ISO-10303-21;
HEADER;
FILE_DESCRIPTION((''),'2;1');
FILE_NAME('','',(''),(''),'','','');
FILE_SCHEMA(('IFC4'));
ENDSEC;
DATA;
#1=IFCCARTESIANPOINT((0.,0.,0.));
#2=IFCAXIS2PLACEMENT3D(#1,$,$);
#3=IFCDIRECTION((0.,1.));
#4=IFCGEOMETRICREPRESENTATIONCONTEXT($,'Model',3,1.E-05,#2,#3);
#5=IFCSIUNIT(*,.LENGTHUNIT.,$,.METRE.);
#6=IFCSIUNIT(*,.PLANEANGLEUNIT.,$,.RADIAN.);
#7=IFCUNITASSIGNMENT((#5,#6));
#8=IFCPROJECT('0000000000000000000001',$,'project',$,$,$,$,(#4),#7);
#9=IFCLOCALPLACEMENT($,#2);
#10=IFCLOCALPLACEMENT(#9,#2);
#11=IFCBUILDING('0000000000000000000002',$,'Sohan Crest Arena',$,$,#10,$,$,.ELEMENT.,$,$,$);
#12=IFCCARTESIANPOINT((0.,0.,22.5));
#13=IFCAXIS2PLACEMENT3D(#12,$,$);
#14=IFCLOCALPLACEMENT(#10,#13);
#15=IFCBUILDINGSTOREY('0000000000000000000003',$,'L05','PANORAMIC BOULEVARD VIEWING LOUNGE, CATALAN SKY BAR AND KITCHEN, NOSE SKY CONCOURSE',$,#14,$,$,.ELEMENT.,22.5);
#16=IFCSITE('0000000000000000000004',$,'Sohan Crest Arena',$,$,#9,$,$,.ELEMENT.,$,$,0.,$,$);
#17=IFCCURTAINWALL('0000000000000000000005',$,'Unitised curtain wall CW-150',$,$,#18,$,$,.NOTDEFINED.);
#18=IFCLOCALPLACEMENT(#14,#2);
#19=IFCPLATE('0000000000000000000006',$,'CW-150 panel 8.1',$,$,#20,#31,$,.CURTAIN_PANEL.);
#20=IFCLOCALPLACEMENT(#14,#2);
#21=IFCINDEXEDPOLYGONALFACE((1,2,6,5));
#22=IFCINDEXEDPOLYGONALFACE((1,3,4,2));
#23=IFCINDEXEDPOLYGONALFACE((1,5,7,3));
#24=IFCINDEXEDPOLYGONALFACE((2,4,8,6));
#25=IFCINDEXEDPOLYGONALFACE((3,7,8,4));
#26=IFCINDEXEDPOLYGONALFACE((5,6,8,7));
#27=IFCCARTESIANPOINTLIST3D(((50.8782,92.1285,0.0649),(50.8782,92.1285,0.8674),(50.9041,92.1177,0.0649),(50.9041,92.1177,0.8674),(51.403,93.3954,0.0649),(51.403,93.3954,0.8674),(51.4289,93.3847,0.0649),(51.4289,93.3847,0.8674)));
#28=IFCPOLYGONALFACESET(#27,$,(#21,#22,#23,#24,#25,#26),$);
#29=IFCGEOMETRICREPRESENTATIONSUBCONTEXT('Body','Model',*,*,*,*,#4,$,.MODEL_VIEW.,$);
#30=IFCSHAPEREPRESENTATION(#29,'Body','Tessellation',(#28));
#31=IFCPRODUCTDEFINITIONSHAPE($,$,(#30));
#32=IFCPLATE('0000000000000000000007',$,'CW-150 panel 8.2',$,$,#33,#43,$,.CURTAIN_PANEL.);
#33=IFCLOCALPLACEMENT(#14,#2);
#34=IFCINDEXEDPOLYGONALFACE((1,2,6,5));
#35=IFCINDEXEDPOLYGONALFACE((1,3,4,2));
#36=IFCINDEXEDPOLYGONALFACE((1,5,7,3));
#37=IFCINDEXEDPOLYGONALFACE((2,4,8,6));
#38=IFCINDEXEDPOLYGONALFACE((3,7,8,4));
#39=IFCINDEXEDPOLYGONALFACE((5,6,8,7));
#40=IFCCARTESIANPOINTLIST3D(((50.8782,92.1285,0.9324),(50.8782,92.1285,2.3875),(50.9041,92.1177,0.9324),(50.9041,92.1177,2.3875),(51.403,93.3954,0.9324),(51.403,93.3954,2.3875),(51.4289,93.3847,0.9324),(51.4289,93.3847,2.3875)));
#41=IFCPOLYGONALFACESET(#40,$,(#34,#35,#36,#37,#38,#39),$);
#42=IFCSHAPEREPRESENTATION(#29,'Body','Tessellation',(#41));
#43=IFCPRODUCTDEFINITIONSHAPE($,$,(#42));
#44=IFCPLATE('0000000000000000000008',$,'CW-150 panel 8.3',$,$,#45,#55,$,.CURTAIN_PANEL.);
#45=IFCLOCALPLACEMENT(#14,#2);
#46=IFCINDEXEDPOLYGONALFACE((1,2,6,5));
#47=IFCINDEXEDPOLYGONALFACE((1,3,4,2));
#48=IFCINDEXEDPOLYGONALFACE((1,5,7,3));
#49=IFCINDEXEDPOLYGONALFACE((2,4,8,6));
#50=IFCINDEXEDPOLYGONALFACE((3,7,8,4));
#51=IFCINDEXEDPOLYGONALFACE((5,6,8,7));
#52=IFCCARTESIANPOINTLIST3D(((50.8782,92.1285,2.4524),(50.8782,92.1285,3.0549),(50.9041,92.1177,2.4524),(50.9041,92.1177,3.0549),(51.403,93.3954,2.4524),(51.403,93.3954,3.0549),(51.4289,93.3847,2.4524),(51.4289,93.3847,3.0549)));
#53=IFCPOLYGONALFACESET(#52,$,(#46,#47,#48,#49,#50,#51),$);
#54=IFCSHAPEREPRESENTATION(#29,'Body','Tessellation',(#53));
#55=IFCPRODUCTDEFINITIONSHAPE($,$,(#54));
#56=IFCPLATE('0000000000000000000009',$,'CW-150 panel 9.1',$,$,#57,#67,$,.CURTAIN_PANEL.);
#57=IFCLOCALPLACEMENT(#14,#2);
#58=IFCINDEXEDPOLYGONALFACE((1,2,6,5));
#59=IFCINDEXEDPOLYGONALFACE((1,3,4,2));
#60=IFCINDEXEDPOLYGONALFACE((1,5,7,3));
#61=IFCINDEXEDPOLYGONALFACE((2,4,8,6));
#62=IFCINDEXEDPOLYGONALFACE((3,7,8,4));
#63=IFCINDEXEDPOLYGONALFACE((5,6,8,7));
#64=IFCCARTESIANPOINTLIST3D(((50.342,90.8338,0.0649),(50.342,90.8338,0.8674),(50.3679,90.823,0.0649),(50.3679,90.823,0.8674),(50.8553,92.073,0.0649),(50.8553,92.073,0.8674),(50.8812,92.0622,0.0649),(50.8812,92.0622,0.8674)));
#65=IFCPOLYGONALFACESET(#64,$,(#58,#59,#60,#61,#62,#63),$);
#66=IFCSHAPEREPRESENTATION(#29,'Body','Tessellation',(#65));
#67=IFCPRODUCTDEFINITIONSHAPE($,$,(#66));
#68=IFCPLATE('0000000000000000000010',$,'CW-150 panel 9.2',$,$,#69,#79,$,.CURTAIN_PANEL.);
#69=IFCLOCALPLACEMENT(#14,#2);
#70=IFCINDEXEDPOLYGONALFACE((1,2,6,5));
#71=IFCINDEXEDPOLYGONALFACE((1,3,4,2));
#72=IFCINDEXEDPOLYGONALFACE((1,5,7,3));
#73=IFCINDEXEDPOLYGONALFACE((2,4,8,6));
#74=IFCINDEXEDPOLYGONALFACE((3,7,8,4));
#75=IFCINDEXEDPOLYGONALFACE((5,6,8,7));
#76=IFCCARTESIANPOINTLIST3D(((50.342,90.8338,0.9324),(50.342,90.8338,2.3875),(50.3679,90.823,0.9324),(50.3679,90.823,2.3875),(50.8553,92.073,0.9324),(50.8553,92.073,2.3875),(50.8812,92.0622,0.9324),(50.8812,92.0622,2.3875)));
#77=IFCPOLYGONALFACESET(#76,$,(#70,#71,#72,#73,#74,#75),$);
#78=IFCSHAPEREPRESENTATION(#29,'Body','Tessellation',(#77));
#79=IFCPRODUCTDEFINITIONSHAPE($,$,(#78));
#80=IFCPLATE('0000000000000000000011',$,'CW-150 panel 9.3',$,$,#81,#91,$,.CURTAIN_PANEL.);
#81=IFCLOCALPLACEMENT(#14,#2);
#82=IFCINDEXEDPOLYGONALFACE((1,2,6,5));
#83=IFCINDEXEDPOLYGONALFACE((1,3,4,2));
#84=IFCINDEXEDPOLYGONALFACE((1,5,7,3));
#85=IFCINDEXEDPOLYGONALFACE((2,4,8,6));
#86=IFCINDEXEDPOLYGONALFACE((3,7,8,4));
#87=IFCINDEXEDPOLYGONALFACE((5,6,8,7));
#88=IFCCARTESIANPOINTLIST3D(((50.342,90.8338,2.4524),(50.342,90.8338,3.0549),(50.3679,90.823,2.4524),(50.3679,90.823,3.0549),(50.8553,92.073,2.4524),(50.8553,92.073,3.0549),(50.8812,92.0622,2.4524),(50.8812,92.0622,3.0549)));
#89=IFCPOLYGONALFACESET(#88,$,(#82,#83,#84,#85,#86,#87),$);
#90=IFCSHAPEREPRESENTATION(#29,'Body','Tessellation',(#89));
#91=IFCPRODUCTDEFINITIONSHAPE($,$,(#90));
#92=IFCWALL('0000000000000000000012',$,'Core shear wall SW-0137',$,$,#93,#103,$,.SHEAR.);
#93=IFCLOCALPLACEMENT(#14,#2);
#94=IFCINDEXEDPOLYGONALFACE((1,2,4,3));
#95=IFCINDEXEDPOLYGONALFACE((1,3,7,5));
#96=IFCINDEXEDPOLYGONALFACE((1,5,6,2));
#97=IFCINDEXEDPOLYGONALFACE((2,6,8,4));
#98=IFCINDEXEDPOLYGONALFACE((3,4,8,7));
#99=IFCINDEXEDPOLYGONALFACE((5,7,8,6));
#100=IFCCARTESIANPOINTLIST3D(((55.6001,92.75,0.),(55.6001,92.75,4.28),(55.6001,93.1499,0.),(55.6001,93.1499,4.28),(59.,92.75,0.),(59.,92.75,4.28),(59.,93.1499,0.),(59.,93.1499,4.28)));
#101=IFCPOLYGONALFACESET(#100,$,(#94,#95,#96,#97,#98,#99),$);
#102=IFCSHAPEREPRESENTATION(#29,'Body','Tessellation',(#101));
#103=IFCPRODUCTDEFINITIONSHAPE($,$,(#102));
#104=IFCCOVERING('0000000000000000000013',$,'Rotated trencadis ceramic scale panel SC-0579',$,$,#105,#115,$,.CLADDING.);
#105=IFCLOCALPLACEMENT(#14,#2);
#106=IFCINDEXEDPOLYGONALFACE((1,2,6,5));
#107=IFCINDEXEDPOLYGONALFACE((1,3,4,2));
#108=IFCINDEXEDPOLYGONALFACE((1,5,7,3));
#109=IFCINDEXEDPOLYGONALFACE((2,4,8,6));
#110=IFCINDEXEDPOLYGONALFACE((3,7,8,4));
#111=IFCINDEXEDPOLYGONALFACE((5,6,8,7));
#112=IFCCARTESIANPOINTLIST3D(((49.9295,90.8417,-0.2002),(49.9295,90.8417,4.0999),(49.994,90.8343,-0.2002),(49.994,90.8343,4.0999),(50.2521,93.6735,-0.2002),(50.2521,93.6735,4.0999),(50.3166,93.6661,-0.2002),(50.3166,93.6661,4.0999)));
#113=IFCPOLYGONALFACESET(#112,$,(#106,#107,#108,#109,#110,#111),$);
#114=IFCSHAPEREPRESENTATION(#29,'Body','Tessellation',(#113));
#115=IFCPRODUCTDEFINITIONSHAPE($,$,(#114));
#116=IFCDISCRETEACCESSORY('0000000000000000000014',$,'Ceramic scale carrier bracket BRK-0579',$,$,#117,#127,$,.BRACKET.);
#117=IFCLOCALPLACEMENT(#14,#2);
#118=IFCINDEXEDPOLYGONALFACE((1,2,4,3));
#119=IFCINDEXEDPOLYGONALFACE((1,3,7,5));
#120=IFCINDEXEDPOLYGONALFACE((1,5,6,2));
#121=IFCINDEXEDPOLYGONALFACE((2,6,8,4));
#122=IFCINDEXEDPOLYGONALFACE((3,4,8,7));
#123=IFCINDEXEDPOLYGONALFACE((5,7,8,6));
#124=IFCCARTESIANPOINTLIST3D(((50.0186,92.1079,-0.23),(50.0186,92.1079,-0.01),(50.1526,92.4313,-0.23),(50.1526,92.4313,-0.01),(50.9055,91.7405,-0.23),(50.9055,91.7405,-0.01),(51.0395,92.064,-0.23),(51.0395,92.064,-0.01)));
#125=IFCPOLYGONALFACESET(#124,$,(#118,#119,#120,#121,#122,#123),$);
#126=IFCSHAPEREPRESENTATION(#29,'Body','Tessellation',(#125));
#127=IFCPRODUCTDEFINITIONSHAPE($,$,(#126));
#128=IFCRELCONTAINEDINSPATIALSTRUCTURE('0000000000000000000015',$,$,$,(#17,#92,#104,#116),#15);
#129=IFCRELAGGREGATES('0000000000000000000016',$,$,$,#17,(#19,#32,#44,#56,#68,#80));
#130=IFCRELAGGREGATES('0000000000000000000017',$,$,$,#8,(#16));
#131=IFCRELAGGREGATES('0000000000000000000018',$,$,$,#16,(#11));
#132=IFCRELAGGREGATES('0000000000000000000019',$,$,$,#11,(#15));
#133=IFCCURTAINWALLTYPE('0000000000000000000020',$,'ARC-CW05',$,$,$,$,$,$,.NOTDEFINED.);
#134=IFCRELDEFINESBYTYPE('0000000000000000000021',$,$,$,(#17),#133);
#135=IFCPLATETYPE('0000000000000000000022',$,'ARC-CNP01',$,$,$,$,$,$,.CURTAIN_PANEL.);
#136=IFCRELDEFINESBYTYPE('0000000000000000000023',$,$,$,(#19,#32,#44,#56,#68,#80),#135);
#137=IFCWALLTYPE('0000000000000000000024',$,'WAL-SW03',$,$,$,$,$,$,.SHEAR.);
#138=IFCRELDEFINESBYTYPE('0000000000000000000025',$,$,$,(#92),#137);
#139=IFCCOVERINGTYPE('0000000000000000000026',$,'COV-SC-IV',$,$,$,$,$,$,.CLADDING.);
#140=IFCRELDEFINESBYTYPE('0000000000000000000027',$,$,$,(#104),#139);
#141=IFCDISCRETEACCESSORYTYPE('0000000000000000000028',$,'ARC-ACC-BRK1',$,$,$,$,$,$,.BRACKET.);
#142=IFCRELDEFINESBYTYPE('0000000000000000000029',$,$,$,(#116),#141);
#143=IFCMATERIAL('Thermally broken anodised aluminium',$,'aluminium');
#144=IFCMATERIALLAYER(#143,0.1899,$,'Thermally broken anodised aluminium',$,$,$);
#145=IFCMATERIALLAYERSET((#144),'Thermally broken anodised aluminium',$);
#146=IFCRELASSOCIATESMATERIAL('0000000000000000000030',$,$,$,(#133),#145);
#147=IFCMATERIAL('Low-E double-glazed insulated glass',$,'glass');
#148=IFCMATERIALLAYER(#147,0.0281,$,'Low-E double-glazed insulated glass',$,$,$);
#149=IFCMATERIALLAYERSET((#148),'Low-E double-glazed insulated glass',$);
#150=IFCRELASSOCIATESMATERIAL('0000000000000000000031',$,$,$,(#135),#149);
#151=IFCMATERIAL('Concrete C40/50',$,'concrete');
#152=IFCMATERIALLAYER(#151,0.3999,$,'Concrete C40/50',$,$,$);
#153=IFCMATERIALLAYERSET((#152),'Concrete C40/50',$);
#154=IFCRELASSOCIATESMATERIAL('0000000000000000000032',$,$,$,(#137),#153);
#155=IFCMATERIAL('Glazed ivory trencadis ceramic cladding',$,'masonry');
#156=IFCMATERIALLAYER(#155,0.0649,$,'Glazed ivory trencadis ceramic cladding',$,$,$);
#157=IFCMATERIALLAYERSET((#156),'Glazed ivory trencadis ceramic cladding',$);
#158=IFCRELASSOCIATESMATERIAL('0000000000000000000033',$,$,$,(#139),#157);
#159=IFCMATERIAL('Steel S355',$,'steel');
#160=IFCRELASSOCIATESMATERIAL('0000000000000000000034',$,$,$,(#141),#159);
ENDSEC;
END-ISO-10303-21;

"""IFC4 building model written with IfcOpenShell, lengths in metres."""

from ifc_helpers import new_model, si_unit, direction, frame, frame_2d, origin, origin_2d, place, context, subcontext, project, spatial, rectangle, extrude, material, layer, layer_set, type_object, element, aggregate, save


model = new_model("IFC4")

# Units and contexts
model_context = context("Model", 3, precision=1e-05, world=origin(), true_north=direction((0.0, 1.0)))
body_context = subcontext(model_context, "Body", "Model", "MODEL_VIEW")
ifc_project = project(units=[si_unit("LENGTHUNIT", "METRE"), si_unit("PLANEANGLEUNIT", "RADIAN")], contexts=[model_context])

# Site, building, storey
site_placement = place(None, origin())
site = spatial("IfcSite", under=ifc_project, at=site_placement, Name="Sohan Crest Arena", CompositionType="ELEMENT", RefElevation=0.0)
building_placement = place(site_placement, origin())
building = spatial("IfcBuilding", under=site, at=building_placement, Name="Sohan Crest Arena", CompositionType="ELEMENT")
storey_placement = place(building_placement, frame((0.0, 0.0, 22.5)))
storey = spatial("IfcBuildingStorey", under=building, at=storey_placement, Name="L05", Description="PANORAMIC BOULEVARD VIEWING LOUNGE, CATALAN SKY BAR AND KITCHEN, NOSE SKY CONCOURSE", CompositionType="ELEMENT", Elevation=22.5)

# Curtain wall
ifc_material_1 = material(Name="Thermally broken anodised aluminium", Category="aluminium")
ifc_layer_1 = layer(ifc_material_1, 0.1899, Name="Thermally broken anodised aluminium")
ifc_layer_set_1 = layer_set([ifc_layer_1], Name="Thermally broken anodised aluminium")
curtain_wall_type_1 = type_object("IfcCurtainWallType", Name="ARC-CW05", PredefinedType="NOTDEFINED", material=ifc_layer_set_1)
curtain_wall_1_placement = place(storey_placement, origin())
curtain_wall_1 = element("IfcCurtainWall", 1, at=curtain_wall_1_placement, inside=storey, type_object=curtain_wall_type_1, Name="Unitised curtain wall CW-150", PredefinedType="NOTDEFINED")

# Shared definitions
ifc_material_2 = material(Name="Steel S355", Category="steel")

# Plates
ifc_material_3 = material(Name="Low-E double-glazed insulated glass", Category="glass")
ifc_layer_2 = layer(ifc_material_3, 0.0281, Name="Low-E double-glazed insulated glass")
ifc_layer_set_2 = layer_set([ifc_layer_2], Name="Low-E double-glazed insulated glass")
plate_type = type_object("IfcPlateType", Name="ARC-CNP01", PredefinedType="CURTAIN_PANEL", material=ifc_layer_set_2)
plate_1_placement = place(storey_placement, frame((51.1536, 92.7566, 0.0649), z_axis=(0.0, 0.0, 1.0), x_axis=(-0.382685, -0.923879, 0.0)))
plate_1 = element("IfcPlate", 2, at=plate_1_placement, type_object=plate_type, Name="CW-150 panel 8.1", PredefinedType="CURTAIN_PANEL", context=body_context, shape_type="SweptSolid", body=[
    extrude(rectangle(XDim=1.3713, YDim=0.0281, at=origin_2d()), origin(), (0.0, 0.0, 1.0), 0.8025),
])
plate_2_placement = place(storey_placement, frame((51.1536, 92.7566, 0.9324), z_axis=(0.0, 0.0, 1.0), x_axis=(-0.382685, -0.923879, 0.0)))
plate_2 = element("IfcPlate", 3, at=plate_2_placement, type_object=plate_type, Name="CW-150 panel 8.2", PredefinedType="CURTAIN_PANEL", context=body_context, shape_type="SweptSolid", body=[
    extrude(rectangle(XDim=1.3713, YDim=0.0281, at=origin_2d()), origin(), (0.0, 0.0, 1.0), 1.4551),
])
plate_3_placement = place(storey_placement, frame((51.1536, 92.7566, 2.4524), z_axis=(0.0, 0.0, 1.0), x_axis=(-0.382685, -0.923879, 0.0)))
plate_3 = element("IfcPlate", 4, at=plate_3_placement, type_object=plate_type, Name="CW-150 panel 8.3", PredefinedType="CURTAIN_PANEL", context=body_context, shape_type="SweptSolid", body=[
    extrude(rectangle(XDim=1.3713, YDim=0.0281, at=origin_2d()), origin(), (0.0, 0.0, 1.0), 0.6025),
])
plate_4_placement = place(storey_placement, frame((50.6116, 91.448, 0.0649), z_axis=(0.0, 0.0, 1.0), x_axis=(-0.382685, -0.923879, 0.0)))
plate_4 = element("IfcPlate", 5, at=plate_4_placement, type_object=plate_type, Name="CW-150 panel 9.1", PredefinedType="CURTAIN_PANEL", context=body_context, shape_type="SweptSolid", body=[
    extrude(rectangle(XDim=1.3413, YDim=0.0281, at=origin_2d()), origin(), (0.0, 0.0, 1.0), 0.8025),
])
plate_5_placement = place(storey_placement, frame((50.6116, 91.448, 0.9324), z_axis=(0.0, 0.0, 1.0), x_axis=(-0.382685, -0.923879, 0.0)))
plate_5 = element("IfcPlate", 6, at=plate_5_placement, type_object=plate_type, Name="CW-150 panel 9.2", PredefinedType="CURTAIN_PANEL", context=body_context, shape_type="SweptSolid", body=[
    extrude(rectangle(XDim=1.3413, YDim=0.0281, at=origin_2d()), origin(), (0.0, 0.0, 1.0), 1.4551),
])
plate_6_placement = place(storey_placement, frame((50.6116, 91.448, 2.4524), z_axis=(0.0, 0.0, 1.0), x_axis=(-0.382685, -0.923879, 0.0)))
plate_6 = element("IfcPlate", 7, at=plate_6_placement, type_object=plate_type, Name="CW-150 panel 9.3", PredefinedType="CURTAIN_PANEL", context=body_context, shape_type="SweptSolid", body=[
    extrude(rectangle(XDim=1.3413, YDim=0.0281, at=origin_2d()), origin(), (0.0, 0.0, 1.0), 0.6025),
])
aggregate(curtain_wall_1, [plate_1, plate_2, plate_3, plate_4, plate_5, plate_6])

# Wall
ifc_material_4 = material(Name="Concrete C40/50", Category="concrete")
ifc_layer_3 = layer(ifc_material_4, 0.3999, Name="Concrete C40/50")
ifc_layer_set_3 = layer_set([ifc_layer_3], Name="Concrete C40/50")
wall_type = type_object("IfcWallType", Name="WAL-SW03", PredefinedType="SHEAR", material=ifc_layer_set_3)
wall_placement = place(storey_placement, frame((55.6001, 92.95, 0.0), z_axis=(0.0, 0.0, 1.0), x_axis=(1.0, 0.0, 0.0)))
element("IfcWall", 8, at=wall_placement, inside=storey, type_object=wall_type, Name="Core shear wall SW-0137", PredefinedType="SHEAR", context=body_context, shape_type="SweptSolid", body=[
    extrude(rectangle(XDim=3.3999, YDim=0.3999, at=frame_2d((1.7, 0.0))), origin(), (0.0, 0.0, 1.0), 4.28),
])

# Covering
ifc_material_5 = material(Name="Glazed ivory trencadis ceramic cladding", Category="masonry")
ifc_layer_4 = layer(ifc_material_5, 0.0649, Name="Glazed ivory trencadis ceramic cladding")
ifc_layer_set_4 = layer_set([ifc_layer_4], Name="Glazed ivory trencadis ceramic cladding")
covering_type = type_object("IfcCoveringType", Name="COV-SC-IV", PredefinedType="CLADDING", material=ifc_layer_set_4)
covering_placement = place(storey_placement, frame((50.123, 92.2539, -0.2002), z_axis=(0.0, 0.0, 1.0), x_axis=(-0.113203, -0.993572, 0.0)))
element("IfcCovering", 9, at=covering_placement, inside=storey, type_object=covering_type, Name="Rotated trencadis ceramic scale panel SC-0579", PredefinedType="CLADDING", context=body_context, shape_type="SweptSolid", body=[
    extrude(rectangle(XDim=2.8501, YDim=0.0649, at=origin_2d()), origin(), (0.0, 0.0, 1.0), 4.3),
])

# Discrete accessory
discrete_accessory_type = type_object("IfcDiscreteAccessoryType", Name="ARC-ACC-BRK1", PredefinedType="BRACKET", material=ifc_material_2)
discrete_accessory_placement = place(storey_placement, frame((50.5291, 92.0859, -0.23), z_axis=(0.0, 0.0, 1.0), x_axis=(-0.382683, -0.92388, 0.0)))
element("IfcDiscreteAccessory", 10, at=discrete_accessory_placement, inside=storey, type_object=discrete_accessory_type, Name="Ceramic scale carrier bracket BRK-0579", PredefinedType="BRACKET", context=body_context, shape_type="SweptSolid", body=[
    extrude(rectangle(XDim=0.3501, YDim=0.96, at=origin_2d()), origin(), (0.0, 0.0, 1.0), 0.22),
])

save(model, "model.ifc")
